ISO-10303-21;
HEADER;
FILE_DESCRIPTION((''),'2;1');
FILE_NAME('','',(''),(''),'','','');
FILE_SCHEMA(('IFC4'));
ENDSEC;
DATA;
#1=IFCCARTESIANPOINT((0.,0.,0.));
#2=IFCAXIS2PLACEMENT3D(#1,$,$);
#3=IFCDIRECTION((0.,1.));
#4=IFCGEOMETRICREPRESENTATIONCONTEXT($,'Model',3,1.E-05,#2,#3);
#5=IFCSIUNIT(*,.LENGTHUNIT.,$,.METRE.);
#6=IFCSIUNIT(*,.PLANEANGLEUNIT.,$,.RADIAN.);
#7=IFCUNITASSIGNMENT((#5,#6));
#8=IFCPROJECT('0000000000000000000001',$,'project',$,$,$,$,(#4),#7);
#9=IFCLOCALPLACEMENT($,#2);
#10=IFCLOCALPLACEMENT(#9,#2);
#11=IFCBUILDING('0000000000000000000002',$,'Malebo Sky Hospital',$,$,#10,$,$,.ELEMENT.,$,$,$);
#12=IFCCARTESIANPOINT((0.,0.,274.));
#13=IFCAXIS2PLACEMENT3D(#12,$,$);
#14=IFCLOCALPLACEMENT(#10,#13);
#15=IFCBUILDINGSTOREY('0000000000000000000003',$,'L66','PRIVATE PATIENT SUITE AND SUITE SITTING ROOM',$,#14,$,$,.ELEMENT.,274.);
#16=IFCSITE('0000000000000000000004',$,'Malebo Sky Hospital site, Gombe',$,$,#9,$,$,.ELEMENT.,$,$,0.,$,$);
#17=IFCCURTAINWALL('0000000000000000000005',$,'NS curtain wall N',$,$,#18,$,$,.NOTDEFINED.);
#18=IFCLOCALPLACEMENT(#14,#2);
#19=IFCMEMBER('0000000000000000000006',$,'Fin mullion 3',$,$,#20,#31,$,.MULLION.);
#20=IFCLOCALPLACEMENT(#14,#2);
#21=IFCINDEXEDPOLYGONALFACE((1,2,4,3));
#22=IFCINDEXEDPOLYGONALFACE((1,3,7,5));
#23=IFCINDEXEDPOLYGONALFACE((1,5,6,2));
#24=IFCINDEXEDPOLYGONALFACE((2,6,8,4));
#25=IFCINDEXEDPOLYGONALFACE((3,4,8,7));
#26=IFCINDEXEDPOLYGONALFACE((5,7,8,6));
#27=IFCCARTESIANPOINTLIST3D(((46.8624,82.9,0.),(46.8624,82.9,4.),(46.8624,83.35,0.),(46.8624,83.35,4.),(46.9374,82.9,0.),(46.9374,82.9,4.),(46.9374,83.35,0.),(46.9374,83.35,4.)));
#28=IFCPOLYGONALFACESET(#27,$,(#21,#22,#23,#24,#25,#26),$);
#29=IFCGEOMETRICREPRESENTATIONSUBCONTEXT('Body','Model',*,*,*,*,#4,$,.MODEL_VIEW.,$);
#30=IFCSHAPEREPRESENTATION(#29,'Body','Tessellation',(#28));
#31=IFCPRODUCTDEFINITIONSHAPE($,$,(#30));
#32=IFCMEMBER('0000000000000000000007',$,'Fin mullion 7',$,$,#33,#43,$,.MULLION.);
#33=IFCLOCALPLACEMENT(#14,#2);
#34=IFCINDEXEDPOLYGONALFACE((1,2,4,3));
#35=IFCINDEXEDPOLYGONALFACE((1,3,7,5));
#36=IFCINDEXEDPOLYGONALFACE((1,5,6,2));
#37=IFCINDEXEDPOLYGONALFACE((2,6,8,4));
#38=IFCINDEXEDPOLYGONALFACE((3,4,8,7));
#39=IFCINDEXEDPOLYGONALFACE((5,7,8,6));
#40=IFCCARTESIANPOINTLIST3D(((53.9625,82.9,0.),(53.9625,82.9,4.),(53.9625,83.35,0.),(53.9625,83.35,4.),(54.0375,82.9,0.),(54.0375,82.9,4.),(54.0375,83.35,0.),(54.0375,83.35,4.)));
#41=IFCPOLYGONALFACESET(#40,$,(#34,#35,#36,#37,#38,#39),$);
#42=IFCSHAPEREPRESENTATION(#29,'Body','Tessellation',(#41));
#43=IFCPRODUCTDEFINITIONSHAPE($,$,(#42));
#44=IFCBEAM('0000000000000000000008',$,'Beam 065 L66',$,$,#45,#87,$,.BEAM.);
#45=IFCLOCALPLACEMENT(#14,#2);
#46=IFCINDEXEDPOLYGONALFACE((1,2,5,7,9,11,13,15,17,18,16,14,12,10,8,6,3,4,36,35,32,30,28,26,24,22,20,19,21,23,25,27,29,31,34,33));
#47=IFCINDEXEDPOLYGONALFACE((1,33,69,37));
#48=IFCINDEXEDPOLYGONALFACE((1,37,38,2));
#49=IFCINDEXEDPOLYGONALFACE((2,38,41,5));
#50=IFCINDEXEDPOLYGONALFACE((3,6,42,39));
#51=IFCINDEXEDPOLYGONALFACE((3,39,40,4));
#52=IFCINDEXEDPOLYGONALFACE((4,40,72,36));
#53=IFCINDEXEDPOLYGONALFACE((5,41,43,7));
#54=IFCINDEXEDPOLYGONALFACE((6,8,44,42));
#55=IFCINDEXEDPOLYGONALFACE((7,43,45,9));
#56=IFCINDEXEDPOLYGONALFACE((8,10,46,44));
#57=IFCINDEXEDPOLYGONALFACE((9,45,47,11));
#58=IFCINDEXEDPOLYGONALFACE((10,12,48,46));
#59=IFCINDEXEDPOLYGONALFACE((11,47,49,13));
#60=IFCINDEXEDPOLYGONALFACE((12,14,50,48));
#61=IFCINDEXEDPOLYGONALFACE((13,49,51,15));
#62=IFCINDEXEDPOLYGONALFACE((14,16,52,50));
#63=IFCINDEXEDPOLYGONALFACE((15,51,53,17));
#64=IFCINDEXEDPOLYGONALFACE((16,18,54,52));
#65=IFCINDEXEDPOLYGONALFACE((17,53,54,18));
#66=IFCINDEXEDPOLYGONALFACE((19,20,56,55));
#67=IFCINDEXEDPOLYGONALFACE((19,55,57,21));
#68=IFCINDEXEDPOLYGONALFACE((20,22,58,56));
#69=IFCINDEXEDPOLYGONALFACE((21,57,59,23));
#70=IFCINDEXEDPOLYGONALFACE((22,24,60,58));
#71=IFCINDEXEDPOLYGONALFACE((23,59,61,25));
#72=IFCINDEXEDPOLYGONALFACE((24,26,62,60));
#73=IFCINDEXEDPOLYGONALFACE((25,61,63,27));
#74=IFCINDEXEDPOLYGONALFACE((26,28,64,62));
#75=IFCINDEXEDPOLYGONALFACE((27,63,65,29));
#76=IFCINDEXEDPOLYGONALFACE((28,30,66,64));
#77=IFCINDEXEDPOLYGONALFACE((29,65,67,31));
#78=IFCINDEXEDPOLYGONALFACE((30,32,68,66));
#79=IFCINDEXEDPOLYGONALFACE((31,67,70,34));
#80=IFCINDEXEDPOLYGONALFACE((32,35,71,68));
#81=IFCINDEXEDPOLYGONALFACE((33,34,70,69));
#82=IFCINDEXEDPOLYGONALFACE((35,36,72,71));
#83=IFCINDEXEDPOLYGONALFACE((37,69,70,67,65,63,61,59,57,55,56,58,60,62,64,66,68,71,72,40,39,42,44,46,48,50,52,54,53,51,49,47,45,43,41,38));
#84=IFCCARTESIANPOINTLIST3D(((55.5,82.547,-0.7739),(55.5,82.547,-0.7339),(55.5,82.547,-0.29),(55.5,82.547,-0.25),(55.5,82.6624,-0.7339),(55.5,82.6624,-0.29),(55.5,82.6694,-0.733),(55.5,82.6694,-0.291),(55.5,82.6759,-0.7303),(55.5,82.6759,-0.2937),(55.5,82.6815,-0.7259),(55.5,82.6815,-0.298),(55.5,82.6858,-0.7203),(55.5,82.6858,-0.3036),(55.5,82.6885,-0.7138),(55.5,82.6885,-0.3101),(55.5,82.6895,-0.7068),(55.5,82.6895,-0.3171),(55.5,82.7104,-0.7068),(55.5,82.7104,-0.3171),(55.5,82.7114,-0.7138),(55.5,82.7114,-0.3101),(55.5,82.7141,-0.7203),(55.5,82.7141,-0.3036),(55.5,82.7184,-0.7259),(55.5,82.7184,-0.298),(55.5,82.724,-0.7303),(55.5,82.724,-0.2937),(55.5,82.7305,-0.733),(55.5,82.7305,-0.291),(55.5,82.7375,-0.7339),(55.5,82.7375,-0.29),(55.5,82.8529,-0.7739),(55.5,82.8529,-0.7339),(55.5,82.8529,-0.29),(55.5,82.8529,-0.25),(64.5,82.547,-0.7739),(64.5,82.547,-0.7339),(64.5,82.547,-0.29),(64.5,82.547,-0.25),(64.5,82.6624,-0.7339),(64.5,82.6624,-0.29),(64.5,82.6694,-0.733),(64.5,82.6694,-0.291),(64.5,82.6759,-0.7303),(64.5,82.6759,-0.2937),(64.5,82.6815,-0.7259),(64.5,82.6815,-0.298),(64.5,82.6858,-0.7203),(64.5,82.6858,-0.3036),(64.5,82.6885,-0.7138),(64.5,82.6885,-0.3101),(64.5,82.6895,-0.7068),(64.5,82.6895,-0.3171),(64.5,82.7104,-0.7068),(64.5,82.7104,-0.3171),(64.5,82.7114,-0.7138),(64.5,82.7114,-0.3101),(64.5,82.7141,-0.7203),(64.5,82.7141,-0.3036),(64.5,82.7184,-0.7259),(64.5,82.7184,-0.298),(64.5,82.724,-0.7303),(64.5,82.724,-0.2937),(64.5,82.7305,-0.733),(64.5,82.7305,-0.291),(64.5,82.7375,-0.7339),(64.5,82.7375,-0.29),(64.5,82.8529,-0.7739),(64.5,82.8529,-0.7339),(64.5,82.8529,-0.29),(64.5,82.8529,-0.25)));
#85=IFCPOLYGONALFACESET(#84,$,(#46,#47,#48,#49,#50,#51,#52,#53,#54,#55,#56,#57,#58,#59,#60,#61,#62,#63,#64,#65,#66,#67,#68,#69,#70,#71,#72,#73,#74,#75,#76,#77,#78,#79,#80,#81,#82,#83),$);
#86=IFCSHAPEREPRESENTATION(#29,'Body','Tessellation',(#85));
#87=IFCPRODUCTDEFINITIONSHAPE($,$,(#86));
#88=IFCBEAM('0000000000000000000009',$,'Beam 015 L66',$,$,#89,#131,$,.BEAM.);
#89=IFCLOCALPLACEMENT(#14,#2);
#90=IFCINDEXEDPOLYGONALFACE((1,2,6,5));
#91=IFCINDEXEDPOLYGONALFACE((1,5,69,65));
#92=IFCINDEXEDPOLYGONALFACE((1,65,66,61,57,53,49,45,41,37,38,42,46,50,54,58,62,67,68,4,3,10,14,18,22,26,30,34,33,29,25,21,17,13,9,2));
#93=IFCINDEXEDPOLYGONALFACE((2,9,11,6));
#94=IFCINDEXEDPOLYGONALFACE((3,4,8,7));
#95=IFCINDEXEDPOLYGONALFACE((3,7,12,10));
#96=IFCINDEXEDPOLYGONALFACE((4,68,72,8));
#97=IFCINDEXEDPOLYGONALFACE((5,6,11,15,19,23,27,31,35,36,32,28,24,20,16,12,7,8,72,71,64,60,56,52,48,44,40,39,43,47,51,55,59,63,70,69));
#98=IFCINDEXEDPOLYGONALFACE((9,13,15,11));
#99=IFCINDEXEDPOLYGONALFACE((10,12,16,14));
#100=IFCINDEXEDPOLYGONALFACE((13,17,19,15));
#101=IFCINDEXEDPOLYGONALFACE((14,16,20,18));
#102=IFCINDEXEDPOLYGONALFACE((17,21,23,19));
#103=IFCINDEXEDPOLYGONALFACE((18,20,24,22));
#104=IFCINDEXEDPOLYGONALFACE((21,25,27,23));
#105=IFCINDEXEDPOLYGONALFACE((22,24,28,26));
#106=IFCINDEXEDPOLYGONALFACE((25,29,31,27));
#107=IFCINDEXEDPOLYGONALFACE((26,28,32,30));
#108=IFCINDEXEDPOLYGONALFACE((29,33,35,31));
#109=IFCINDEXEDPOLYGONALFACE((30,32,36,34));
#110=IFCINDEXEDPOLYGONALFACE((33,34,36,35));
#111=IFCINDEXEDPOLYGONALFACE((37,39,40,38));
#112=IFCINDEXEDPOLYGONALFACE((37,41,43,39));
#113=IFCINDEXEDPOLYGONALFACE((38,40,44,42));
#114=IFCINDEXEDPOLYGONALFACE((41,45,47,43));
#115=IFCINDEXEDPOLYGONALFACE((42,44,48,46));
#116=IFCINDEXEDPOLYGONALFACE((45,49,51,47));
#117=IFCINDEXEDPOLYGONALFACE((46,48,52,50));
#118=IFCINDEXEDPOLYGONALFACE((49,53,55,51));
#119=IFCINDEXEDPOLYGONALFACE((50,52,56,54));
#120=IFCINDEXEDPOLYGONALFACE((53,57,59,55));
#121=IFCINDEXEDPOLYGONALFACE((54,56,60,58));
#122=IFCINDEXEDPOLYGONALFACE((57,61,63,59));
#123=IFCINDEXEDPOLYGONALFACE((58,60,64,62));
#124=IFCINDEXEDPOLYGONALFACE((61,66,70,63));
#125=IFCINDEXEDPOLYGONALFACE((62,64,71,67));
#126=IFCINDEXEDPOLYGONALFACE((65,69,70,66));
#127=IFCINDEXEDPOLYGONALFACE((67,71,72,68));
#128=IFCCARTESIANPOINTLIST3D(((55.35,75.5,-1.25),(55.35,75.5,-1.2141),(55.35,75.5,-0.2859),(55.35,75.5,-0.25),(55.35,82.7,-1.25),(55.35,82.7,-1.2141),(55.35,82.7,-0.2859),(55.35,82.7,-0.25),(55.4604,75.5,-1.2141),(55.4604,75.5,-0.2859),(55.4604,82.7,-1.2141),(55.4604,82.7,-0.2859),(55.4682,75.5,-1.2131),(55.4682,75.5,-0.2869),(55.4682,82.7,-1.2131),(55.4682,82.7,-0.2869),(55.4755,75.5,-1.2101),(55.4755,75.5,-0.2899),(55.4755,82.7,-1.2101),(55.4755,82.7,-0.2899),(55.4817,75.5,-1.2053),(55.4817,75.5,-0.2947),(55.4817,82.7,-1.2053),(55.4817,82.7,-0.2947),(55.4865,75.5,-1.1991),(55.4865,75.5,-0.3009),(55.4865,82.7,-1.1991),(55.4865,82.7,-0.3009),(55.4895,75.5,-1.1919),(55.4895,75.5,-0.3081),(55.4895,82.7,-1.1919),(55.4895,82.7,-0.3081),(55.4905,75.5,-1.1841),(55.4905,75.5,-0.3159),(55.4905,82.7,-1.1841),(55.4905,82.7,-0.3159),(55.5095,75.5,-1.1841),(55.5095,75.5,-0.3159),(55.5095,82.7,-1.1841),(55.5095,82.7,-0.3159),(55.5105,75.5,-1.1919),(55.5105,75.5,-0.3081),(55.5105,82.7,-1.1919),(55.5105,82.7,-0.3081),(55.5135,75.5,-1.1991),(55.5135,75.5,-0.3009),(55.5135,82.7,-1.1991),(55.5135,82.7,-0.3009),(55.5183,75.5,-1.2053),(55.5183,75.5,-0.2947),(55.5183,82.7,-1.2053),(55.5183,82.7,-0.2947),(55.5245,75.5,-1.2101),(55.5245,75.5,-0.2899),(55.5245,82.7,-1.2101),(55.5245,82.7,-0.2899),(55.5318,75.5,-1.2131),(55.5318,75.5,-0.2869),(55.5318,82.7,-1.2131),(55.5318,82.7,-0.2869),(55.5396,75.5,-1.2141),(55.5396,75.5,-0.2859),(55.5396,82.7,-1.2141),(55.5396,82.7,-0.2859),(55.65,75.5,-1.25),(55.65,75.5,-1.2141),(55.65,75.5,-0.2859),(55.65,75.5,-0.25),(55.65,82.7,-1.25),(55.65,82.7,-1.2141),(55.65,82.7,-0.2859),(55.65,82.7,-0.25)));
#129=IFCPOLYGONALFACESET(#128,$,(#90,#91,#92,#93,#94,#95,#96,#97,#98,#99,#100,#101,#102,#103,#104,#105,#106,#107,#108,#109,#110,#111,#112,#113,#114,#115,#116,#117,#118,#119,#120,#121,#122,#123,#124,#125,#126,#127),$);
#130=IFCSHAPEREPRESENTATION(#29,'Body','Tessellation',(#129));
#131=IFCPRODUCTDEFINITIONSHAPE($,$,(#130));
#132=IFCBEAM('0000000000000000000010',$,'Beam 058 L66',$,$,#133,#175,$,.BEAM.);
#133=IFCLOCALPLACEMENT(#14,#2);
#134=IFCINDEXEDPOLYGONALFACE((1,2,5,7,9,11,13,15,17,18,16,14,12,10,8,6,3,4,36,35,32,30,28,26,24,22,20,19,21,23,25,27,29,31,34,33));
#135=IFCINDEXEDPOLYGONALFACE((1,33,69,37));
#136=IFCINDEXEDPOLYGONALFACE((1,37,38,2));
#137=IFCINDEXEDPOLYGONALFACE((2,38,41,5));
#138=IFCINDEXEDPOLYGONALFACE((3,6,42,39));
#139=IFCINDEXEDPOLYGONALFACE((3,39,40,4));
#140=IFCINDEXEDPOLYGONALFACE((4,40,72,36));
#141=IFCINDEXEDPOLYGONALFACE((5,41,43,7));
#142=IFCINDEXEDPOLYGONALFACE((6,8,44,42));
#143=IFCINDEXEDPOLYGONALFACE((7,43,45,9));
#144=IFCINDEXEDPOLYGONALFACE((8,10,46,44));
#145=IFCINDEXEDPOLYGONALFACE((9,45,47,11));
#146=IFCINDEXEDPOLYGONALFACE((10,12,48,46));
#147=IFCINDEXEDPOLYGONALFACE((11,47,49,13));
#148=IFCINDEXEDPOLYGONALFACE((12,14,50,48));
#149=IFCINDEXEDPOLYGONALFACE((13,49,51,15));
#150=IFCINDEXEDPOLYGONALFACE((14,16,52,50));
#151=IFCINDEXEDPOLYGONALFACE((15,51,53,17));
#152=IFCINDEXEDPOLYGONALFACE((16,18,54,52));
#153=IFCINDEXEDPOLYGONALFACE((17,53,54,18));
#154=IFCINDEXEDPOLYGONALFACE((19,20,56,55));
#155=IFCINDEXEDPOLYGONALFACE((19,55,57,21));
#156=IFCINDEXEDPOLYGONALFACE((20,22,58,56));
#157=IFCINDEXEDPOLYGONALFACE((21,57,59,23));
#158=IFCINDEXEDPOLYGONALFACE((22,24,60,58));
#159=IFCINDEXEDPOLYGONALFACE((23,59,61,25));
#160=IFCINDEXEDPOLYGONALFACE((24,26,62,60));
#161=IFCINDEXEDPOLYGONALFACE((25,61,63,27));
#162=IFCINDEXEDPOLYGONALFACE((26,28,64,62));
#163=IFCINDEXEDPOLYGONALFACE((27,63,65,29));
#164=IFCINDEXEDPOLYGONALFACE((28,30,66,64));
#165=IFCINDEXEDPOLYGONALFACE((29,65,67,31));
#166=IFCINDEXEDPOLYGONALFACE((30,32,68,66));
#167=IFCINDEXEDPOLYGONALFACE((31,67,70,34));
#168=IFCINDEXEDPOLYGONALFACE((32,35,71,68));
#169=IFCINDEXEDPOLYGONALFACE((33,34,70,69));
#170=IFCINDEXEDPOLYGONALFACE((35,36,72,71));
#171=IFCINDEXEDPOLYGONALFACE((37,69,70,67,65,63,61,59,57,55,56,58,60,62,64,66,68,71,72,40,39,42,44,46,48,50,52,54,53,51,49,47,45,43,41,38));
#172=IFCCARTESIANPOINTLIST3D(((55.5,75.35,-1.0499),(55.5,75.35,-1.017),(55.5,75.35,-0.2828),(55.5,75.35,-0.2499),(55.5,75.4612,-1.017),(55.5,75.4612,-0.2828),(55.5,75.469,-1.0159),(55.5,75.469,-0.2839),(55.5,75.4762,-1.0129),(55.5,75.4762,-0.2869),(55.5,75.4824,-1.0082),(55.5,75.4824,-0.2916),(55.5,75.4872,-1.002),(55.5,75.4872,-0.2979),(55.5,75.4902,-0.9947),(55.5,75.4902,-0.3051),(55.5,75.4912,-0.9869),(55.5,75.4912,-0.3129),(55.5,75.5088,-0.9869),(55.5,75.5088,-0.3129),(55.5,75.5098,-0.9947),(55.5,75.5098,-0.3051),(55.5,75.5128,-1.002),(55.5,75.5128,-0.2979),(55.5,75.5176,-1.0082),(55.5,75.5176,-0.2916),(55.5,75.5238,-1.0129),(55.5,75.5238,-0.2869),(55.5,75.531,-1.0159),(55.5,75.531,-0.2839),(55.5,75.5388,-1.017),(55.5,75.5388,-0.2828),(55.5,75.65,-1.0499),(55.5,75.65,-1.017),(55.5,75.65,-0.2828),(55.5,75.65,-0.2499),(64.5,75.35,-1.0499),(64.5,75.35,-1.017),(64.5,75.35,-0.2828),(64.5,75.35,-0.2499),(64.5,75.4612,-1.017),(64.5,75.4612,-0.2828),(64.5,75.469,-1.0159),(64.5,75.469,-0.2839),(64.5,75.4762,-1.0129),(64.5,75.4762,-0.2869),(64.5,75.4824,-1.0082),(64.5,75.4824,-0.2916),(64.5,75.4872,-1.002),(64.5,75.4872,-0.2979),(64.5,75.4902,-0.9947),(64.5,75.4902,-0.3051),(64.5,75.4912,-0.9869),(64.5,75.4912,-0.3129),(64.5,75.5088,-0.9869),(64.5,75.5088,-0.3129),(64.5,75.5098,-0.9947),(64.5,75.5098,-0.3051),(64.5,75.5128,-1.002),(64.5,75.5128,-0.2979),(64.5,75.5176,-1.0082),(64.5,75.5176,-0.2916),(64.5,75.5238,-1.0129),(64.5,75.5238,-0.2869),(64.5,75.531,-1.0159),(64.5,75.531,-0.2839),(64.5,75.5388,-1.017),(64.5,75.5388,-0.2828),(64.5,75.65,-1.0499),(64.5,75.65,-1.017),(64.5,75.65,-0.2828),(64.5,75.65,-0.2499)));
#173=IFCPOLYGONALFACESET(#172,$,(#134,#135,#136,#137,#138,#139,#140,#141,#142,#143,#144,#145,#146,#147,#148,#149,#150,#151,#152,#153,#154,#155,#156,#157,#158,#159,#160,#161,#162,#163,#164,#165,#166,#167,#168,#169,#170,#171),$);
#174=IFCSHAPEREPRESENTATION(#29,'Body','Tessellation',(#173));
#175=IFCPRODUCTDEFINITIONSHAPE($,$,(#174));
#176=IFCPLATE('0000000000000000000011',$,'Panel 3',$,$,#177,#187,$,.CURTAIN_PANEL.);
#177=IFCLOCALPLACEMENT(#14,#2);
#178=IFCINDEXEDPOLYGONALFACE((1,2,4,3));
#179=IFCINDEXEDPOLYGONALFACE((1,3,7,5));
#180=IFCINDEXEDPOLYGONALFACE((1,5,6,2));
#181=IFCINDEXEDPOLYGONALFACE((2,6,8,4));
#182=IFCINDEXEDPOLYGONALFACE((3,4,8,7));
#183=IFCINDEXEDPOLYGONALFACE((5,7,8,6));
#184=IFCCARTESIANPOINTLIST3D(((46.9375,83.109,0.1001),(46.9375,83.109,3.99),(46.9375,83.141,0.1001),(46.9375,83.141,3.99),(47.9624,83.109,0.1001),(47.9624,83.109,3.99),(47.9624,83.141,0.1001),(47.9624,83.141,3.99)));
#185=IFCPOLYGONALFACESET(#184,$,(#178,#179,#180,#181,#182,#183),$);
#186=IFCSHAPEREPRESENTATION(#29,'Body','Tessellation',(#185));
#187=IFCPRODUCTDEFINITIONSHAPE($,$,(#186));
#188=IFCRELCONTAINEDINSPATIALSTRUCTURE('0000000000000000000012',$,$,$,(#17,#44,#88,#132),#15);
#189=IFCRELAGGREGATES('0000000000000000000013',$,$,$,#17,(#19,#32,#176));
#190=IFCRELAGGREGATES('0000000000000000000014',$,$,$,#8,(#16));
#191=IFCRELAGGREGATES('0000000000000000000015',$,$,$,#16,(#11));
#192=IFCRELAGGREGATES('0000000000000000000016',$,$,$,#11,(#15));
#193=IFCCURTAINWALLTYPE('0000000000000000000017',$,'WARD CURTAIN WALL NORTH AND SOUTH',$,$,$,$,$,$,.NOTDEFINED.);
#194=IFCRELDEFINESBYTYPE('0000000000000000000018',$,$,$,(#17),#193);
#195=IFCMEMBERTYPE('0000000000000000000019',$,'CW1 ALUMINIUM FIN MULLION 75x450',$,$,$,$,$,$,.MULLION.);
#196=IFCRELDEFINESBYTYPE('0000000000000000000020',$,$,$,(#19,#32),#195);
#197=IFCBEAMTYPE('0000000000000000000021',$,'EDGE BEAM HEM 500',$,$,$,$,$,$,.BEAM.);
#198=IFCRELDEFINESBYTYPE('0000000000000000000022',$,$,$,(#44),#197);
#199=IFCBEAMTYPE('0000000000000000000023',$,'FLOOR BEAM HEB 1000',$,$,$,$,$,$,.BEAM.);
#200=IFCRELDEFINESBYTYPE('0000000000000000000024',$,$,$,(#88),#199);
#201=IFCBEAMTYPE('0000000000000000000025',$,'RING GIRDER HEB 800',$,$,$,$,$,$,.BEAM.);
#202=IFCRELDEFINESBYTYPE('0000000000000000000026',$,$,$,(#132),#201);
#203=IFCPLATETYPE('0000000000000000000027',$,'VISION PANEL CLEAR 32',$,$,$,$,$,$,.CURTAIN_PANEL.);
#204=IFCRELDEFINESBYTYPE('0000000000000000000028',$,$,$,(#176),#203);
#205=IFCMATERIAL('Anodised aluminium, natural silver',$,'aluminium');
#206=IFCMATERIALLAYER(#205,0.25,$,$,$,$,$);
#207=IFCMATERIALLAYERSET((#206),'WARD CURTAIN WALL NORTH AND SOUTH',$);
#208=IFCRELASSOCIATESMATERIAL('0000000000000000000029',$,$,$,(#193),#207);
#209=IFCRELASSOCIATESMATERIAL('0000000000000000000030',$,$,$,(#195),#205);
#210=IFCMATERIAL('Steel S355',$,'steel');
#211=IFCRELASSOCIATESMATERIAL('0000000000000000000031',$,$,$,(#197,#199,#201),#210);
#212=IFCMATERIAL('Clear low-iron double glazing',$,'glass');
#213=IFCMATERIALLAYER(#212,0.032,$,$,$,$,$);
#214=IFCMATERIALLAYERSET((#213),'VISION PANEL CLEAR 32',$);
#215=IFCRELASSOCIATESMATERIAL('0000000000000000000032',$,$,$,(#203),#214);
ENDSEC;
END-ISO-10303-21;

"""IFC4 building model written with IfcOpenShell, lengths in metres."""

from ifc_helpers import new_model, si_unit, direction, frame, origin, origin_2d, place, context, subcontext, project, spatial, rectangle, i_section, extrude, material, layer, layer_set, material_profile, profile_set, type_object, element, aggregate, save


model = new_model("IFC4")

# Units and contexts
model_context = context("Model", 3, precision=1e-05, world=origin(), true_north=direction((0.0, 1.0)))
body_context = subcontext(model_context, "Body", "Model", "MODEL_VIEW")
ifc_project = project(units=[si_unit("LENGTHUNIT", "METRE"), si_unit("PLANEANGLEUNIT", "RADIAN")], contexts=[model_context])

# Site, building, storey
site_placement = place(None, origin())
site = spatial("IfcSite", under=ifc_project, at=site_placement, Name="Malebo Sky Hospital site, Gombe", CompositionType="ELEMENT", RefElevation=0.0)
building_placement = place(site_placement, origin())
building = spatial("IfcBuilding", under=site, at=building_placement, Name="Malebo Sky Hospital", CompositionType="ELEMENT")
storey_placement = place(building_placement, frame((0.0, 0.0, 274.0)))
storey = spatial("IfcBuildingStorey", under=building, at=storey_placement, Name="L66", Description="PRIVATE PATIENT SUITE AND SUITE SITTING ROOM", CompositionType="ELEMENT", Elevation=274.0)

# Curtain wall
ifc_material_1 = material(Name="Anodised aluminium, natural silver", Category="aluminium")
ifc_layer_1 = layer(ifc_material_1, 0.25)
ifc_layer_set_1 = layer_set([ifc_layer_1], Name="WARD CURTAIN WALL NORTH AND SOUTH")
curtain_wall_type = type_object("IfcCurtainWallType", Name="WARD CURTAIN WALL NORTH AND SOUTH", PredefinedType="NOTDEFINED", material=ifc_layer_set_1)
curtain_wall_placement = place(storey_placement, origin())
curtain_wall = element("IfcCurtainWall", 1, at=curtain_wall_placement, inside=storey, type_object=curtain_wall_type, Name="NS curtain wall N", PredefinedType="NOTDEFINED")

# Members
ifc_material_2 = material(Name="Steel S355", Category="steel")
ifc_material_profile_1 = material_profile(ifc_material_1, rectangle(XDim=0.075, YDim=0.45, at=origin_2d()), Name="CW1 ALUMINIUM FIN MULLION 75x450")
ifc_profile_set_1 = profile_set([ifc_material_profile_1], Name="Anodised aluminium, natural silver")
member_type_1 = type_object("IfcMemberType", Name="CW1 ALUMINIUM FIN MULLION 75x450", PredefinedType="MULLION", material=ifc_profile_set_1)
member_1_placement = place(storey_placement, frame((46.8999, 83.125, 0.0), z_axis=(0.0, 0.0, 1.0), x_axis=(1.0, 0.0, 0.0)))
member_1 = element("IfcMember", 2, at=member_1_placement, type_object=member_type_1, Name="Fin mullion 3", PredefinedType="MULLION", context=body_context, shape_type="SweptSolid", body=[
    extrude(rectangle(XDim=0.075, YDim=0.45, at=origin_2d()), origin(), (0.0, 0.0, 1.0), 4.0),
])
member_2_placement = place(storey_placement, frame((54.0, 83.125, 0.0), z_axis=(0.0, 0.0, 1.0), x_axis=(1.0, 0.0, 0.0)))
member_2 = element("IfcMember", 3, at=member_2_placement, type_object=member_type_1, Name="Fin mullion 7", PredefinedType="MULLION", context=body_context, shape_type="SweptSolid", body=[
    extrude(rectangle(XDim=0.075, YDim=0.45, at=origin_2d()), origin(), (0.0, 0.0, 1.0), 4.0),
])

# Beams
ifc_material_profile_2 = material_profile(ifc_material_2, i_section(OverallWidth=0.3059, OverallDepth=0.5239, WebThickness=0.021, FlangeThickness=0.04, FilletRadius=0.0271, at=origin_2d()), Name="HEM 500")
ifc_profile_set_2 = profile_set([ifc_material_profile_2], Name="Steel S355")
beam_type_1 = type_object("IfcBeamType", Name="EDGE BEAM HEM 500", PredefinedType="BEAM", material=ifc_profile_set_2)
beam_1_placement = place(storey_placement, frame((55.5, 82.7, -0.512), z_axis=(1.0, 0.0, 0.0), x_axis=(0.0, 1.0, 0.0)))
element("IfcBeam", 4, at=beam_1_placement, inside=storey, type_object=beam_type_1, Name="Beam 065 L66", PredefinedType="BEAM", context=body_context, shape_type="SweptSolid", body=[
    extrude(i_section(OverallWidth=0.3059, OverallDepth=0.5239, WebThickness=0.021, FlangeThickness=0.04, FilletRadius=0.0271, at=origin_2d()), origin(), (0.0, 0.0, 1.0), 9.0),
])
ifc_material_profile_3 = material_profile(ifc_material_2, i_section(OverallWidth=0.3, OverallDepth=1.0, WebThickness=0.019, FlangeThickness=0.0359, FilletRadius=0.03, at=origin_2d()), Name="HEB 1000")
ifc_profile_set_3 = profile_set([ifc_material_profile_3], Name="Steel S355")
beam_type_2 = type_object("IfcBeamType", Name="FLOOR BEAM HEB 1000", PredefinedType="BEAM", material=ifc_profile_set_3)
beam_2_placement = place(storey_placement, frame((55.5, 75.5, -0.75), z_axis=(0.0, 1.0, 0.0), x_axis=(-1.0, 0.0, 0.0)))
element("IfcBeam", 5, at=beam_2_placement, inside=storey, type_object=beam_type_2, Name="Beam 015 L66", PredefinedType="BEAM", context=body_context, shape_type="SweptSolid", body=[
    extrude(i_section(OverallWidth=0.3, OverallDepth=1.0, WebThickness=0.019, FlangeThickness=0.0359, FilletRadius=0.03, at=origin_2d()), origin(), (0.0, 0.0, 1.0), 7.2),
])
ifc_material_profile_4 = material_profile(ifc_material_2, i_section(OverallWidth=0.3, OverallDepth=0.8, WebThickness=0.0176, FlangeThickness=0.033, FilletRadius=0.03, at=origin_2d()), Name="HEB 800")
ifc_profile_set_4 = profile_set([ifc_material_profile_4], Name="Steel S355")
beam_type_3 = type_object("IfcBeamType", Name="RING GIRDER HEB 800", PredefinedType="BEAM", material=ifc_profile_set_4)
beam_3_placement = place(storey_placement, frame((55.5, 75.5, -0.6499), z_axis=(1.0, 0.0, 0.0), x_axis=(0.0, 1.0, 0.0)))
element("IfcBeam", 6, at=beam_3_placement, inside=storey, type_object=beam_type_3, Name="Beam 058 L66", PredefinedType="BEAM", context=body_context, shape_type="SweptSolid", body=[
    extrude(i_section(OverallWidth=0.3, OverallDepth=0.8, WebThickness=0.0176, FlangeThickness=0.033, FilletRadius=0.03, at=origin_2d()), origin(), (0.0, 0.0, 1.0), 9.0),
])

# Plate
ifc_material_3 = material(Name="Clear low-iron double glazing", Category="glass")
ifc_layer_2 = layer(ifc_material_3, 0.032)
ifc_layer_set_2 = layer_set([ifc_layer_2], Name="VISION PANEL CLEAR 32")
plate_type = type_object("IfcPlateType", Name="VISION PANEL CLEAR 32", PredefinedType="CURTAIN_PANEL", material=ifc_layer_set_2)
plate_1_placement = place(storey_placement, frame((47.45, 83.125, 0.1001), z_axis=(0.0, 0.0, 1.0), x_axis=(1.0, 0.0, 0.0)))
plate_1 = element("IfcPlate", 7, at=plate_1_placement, type_object=plate_type, Name="Panel 3", PredefinedType="CURTAIN_PANEL", context=body_context, shape_type="SweptSolid", body=[
    extrude(rectangle(XDim=1.0249, YDim=0.032, at=origin_2d()), origin(), (0.0, 0.0, 1.0), 3.8899),
])
aggregate(curtain_wall, [member_1, member_2, plate_1])

save(model, "model.ifc")
